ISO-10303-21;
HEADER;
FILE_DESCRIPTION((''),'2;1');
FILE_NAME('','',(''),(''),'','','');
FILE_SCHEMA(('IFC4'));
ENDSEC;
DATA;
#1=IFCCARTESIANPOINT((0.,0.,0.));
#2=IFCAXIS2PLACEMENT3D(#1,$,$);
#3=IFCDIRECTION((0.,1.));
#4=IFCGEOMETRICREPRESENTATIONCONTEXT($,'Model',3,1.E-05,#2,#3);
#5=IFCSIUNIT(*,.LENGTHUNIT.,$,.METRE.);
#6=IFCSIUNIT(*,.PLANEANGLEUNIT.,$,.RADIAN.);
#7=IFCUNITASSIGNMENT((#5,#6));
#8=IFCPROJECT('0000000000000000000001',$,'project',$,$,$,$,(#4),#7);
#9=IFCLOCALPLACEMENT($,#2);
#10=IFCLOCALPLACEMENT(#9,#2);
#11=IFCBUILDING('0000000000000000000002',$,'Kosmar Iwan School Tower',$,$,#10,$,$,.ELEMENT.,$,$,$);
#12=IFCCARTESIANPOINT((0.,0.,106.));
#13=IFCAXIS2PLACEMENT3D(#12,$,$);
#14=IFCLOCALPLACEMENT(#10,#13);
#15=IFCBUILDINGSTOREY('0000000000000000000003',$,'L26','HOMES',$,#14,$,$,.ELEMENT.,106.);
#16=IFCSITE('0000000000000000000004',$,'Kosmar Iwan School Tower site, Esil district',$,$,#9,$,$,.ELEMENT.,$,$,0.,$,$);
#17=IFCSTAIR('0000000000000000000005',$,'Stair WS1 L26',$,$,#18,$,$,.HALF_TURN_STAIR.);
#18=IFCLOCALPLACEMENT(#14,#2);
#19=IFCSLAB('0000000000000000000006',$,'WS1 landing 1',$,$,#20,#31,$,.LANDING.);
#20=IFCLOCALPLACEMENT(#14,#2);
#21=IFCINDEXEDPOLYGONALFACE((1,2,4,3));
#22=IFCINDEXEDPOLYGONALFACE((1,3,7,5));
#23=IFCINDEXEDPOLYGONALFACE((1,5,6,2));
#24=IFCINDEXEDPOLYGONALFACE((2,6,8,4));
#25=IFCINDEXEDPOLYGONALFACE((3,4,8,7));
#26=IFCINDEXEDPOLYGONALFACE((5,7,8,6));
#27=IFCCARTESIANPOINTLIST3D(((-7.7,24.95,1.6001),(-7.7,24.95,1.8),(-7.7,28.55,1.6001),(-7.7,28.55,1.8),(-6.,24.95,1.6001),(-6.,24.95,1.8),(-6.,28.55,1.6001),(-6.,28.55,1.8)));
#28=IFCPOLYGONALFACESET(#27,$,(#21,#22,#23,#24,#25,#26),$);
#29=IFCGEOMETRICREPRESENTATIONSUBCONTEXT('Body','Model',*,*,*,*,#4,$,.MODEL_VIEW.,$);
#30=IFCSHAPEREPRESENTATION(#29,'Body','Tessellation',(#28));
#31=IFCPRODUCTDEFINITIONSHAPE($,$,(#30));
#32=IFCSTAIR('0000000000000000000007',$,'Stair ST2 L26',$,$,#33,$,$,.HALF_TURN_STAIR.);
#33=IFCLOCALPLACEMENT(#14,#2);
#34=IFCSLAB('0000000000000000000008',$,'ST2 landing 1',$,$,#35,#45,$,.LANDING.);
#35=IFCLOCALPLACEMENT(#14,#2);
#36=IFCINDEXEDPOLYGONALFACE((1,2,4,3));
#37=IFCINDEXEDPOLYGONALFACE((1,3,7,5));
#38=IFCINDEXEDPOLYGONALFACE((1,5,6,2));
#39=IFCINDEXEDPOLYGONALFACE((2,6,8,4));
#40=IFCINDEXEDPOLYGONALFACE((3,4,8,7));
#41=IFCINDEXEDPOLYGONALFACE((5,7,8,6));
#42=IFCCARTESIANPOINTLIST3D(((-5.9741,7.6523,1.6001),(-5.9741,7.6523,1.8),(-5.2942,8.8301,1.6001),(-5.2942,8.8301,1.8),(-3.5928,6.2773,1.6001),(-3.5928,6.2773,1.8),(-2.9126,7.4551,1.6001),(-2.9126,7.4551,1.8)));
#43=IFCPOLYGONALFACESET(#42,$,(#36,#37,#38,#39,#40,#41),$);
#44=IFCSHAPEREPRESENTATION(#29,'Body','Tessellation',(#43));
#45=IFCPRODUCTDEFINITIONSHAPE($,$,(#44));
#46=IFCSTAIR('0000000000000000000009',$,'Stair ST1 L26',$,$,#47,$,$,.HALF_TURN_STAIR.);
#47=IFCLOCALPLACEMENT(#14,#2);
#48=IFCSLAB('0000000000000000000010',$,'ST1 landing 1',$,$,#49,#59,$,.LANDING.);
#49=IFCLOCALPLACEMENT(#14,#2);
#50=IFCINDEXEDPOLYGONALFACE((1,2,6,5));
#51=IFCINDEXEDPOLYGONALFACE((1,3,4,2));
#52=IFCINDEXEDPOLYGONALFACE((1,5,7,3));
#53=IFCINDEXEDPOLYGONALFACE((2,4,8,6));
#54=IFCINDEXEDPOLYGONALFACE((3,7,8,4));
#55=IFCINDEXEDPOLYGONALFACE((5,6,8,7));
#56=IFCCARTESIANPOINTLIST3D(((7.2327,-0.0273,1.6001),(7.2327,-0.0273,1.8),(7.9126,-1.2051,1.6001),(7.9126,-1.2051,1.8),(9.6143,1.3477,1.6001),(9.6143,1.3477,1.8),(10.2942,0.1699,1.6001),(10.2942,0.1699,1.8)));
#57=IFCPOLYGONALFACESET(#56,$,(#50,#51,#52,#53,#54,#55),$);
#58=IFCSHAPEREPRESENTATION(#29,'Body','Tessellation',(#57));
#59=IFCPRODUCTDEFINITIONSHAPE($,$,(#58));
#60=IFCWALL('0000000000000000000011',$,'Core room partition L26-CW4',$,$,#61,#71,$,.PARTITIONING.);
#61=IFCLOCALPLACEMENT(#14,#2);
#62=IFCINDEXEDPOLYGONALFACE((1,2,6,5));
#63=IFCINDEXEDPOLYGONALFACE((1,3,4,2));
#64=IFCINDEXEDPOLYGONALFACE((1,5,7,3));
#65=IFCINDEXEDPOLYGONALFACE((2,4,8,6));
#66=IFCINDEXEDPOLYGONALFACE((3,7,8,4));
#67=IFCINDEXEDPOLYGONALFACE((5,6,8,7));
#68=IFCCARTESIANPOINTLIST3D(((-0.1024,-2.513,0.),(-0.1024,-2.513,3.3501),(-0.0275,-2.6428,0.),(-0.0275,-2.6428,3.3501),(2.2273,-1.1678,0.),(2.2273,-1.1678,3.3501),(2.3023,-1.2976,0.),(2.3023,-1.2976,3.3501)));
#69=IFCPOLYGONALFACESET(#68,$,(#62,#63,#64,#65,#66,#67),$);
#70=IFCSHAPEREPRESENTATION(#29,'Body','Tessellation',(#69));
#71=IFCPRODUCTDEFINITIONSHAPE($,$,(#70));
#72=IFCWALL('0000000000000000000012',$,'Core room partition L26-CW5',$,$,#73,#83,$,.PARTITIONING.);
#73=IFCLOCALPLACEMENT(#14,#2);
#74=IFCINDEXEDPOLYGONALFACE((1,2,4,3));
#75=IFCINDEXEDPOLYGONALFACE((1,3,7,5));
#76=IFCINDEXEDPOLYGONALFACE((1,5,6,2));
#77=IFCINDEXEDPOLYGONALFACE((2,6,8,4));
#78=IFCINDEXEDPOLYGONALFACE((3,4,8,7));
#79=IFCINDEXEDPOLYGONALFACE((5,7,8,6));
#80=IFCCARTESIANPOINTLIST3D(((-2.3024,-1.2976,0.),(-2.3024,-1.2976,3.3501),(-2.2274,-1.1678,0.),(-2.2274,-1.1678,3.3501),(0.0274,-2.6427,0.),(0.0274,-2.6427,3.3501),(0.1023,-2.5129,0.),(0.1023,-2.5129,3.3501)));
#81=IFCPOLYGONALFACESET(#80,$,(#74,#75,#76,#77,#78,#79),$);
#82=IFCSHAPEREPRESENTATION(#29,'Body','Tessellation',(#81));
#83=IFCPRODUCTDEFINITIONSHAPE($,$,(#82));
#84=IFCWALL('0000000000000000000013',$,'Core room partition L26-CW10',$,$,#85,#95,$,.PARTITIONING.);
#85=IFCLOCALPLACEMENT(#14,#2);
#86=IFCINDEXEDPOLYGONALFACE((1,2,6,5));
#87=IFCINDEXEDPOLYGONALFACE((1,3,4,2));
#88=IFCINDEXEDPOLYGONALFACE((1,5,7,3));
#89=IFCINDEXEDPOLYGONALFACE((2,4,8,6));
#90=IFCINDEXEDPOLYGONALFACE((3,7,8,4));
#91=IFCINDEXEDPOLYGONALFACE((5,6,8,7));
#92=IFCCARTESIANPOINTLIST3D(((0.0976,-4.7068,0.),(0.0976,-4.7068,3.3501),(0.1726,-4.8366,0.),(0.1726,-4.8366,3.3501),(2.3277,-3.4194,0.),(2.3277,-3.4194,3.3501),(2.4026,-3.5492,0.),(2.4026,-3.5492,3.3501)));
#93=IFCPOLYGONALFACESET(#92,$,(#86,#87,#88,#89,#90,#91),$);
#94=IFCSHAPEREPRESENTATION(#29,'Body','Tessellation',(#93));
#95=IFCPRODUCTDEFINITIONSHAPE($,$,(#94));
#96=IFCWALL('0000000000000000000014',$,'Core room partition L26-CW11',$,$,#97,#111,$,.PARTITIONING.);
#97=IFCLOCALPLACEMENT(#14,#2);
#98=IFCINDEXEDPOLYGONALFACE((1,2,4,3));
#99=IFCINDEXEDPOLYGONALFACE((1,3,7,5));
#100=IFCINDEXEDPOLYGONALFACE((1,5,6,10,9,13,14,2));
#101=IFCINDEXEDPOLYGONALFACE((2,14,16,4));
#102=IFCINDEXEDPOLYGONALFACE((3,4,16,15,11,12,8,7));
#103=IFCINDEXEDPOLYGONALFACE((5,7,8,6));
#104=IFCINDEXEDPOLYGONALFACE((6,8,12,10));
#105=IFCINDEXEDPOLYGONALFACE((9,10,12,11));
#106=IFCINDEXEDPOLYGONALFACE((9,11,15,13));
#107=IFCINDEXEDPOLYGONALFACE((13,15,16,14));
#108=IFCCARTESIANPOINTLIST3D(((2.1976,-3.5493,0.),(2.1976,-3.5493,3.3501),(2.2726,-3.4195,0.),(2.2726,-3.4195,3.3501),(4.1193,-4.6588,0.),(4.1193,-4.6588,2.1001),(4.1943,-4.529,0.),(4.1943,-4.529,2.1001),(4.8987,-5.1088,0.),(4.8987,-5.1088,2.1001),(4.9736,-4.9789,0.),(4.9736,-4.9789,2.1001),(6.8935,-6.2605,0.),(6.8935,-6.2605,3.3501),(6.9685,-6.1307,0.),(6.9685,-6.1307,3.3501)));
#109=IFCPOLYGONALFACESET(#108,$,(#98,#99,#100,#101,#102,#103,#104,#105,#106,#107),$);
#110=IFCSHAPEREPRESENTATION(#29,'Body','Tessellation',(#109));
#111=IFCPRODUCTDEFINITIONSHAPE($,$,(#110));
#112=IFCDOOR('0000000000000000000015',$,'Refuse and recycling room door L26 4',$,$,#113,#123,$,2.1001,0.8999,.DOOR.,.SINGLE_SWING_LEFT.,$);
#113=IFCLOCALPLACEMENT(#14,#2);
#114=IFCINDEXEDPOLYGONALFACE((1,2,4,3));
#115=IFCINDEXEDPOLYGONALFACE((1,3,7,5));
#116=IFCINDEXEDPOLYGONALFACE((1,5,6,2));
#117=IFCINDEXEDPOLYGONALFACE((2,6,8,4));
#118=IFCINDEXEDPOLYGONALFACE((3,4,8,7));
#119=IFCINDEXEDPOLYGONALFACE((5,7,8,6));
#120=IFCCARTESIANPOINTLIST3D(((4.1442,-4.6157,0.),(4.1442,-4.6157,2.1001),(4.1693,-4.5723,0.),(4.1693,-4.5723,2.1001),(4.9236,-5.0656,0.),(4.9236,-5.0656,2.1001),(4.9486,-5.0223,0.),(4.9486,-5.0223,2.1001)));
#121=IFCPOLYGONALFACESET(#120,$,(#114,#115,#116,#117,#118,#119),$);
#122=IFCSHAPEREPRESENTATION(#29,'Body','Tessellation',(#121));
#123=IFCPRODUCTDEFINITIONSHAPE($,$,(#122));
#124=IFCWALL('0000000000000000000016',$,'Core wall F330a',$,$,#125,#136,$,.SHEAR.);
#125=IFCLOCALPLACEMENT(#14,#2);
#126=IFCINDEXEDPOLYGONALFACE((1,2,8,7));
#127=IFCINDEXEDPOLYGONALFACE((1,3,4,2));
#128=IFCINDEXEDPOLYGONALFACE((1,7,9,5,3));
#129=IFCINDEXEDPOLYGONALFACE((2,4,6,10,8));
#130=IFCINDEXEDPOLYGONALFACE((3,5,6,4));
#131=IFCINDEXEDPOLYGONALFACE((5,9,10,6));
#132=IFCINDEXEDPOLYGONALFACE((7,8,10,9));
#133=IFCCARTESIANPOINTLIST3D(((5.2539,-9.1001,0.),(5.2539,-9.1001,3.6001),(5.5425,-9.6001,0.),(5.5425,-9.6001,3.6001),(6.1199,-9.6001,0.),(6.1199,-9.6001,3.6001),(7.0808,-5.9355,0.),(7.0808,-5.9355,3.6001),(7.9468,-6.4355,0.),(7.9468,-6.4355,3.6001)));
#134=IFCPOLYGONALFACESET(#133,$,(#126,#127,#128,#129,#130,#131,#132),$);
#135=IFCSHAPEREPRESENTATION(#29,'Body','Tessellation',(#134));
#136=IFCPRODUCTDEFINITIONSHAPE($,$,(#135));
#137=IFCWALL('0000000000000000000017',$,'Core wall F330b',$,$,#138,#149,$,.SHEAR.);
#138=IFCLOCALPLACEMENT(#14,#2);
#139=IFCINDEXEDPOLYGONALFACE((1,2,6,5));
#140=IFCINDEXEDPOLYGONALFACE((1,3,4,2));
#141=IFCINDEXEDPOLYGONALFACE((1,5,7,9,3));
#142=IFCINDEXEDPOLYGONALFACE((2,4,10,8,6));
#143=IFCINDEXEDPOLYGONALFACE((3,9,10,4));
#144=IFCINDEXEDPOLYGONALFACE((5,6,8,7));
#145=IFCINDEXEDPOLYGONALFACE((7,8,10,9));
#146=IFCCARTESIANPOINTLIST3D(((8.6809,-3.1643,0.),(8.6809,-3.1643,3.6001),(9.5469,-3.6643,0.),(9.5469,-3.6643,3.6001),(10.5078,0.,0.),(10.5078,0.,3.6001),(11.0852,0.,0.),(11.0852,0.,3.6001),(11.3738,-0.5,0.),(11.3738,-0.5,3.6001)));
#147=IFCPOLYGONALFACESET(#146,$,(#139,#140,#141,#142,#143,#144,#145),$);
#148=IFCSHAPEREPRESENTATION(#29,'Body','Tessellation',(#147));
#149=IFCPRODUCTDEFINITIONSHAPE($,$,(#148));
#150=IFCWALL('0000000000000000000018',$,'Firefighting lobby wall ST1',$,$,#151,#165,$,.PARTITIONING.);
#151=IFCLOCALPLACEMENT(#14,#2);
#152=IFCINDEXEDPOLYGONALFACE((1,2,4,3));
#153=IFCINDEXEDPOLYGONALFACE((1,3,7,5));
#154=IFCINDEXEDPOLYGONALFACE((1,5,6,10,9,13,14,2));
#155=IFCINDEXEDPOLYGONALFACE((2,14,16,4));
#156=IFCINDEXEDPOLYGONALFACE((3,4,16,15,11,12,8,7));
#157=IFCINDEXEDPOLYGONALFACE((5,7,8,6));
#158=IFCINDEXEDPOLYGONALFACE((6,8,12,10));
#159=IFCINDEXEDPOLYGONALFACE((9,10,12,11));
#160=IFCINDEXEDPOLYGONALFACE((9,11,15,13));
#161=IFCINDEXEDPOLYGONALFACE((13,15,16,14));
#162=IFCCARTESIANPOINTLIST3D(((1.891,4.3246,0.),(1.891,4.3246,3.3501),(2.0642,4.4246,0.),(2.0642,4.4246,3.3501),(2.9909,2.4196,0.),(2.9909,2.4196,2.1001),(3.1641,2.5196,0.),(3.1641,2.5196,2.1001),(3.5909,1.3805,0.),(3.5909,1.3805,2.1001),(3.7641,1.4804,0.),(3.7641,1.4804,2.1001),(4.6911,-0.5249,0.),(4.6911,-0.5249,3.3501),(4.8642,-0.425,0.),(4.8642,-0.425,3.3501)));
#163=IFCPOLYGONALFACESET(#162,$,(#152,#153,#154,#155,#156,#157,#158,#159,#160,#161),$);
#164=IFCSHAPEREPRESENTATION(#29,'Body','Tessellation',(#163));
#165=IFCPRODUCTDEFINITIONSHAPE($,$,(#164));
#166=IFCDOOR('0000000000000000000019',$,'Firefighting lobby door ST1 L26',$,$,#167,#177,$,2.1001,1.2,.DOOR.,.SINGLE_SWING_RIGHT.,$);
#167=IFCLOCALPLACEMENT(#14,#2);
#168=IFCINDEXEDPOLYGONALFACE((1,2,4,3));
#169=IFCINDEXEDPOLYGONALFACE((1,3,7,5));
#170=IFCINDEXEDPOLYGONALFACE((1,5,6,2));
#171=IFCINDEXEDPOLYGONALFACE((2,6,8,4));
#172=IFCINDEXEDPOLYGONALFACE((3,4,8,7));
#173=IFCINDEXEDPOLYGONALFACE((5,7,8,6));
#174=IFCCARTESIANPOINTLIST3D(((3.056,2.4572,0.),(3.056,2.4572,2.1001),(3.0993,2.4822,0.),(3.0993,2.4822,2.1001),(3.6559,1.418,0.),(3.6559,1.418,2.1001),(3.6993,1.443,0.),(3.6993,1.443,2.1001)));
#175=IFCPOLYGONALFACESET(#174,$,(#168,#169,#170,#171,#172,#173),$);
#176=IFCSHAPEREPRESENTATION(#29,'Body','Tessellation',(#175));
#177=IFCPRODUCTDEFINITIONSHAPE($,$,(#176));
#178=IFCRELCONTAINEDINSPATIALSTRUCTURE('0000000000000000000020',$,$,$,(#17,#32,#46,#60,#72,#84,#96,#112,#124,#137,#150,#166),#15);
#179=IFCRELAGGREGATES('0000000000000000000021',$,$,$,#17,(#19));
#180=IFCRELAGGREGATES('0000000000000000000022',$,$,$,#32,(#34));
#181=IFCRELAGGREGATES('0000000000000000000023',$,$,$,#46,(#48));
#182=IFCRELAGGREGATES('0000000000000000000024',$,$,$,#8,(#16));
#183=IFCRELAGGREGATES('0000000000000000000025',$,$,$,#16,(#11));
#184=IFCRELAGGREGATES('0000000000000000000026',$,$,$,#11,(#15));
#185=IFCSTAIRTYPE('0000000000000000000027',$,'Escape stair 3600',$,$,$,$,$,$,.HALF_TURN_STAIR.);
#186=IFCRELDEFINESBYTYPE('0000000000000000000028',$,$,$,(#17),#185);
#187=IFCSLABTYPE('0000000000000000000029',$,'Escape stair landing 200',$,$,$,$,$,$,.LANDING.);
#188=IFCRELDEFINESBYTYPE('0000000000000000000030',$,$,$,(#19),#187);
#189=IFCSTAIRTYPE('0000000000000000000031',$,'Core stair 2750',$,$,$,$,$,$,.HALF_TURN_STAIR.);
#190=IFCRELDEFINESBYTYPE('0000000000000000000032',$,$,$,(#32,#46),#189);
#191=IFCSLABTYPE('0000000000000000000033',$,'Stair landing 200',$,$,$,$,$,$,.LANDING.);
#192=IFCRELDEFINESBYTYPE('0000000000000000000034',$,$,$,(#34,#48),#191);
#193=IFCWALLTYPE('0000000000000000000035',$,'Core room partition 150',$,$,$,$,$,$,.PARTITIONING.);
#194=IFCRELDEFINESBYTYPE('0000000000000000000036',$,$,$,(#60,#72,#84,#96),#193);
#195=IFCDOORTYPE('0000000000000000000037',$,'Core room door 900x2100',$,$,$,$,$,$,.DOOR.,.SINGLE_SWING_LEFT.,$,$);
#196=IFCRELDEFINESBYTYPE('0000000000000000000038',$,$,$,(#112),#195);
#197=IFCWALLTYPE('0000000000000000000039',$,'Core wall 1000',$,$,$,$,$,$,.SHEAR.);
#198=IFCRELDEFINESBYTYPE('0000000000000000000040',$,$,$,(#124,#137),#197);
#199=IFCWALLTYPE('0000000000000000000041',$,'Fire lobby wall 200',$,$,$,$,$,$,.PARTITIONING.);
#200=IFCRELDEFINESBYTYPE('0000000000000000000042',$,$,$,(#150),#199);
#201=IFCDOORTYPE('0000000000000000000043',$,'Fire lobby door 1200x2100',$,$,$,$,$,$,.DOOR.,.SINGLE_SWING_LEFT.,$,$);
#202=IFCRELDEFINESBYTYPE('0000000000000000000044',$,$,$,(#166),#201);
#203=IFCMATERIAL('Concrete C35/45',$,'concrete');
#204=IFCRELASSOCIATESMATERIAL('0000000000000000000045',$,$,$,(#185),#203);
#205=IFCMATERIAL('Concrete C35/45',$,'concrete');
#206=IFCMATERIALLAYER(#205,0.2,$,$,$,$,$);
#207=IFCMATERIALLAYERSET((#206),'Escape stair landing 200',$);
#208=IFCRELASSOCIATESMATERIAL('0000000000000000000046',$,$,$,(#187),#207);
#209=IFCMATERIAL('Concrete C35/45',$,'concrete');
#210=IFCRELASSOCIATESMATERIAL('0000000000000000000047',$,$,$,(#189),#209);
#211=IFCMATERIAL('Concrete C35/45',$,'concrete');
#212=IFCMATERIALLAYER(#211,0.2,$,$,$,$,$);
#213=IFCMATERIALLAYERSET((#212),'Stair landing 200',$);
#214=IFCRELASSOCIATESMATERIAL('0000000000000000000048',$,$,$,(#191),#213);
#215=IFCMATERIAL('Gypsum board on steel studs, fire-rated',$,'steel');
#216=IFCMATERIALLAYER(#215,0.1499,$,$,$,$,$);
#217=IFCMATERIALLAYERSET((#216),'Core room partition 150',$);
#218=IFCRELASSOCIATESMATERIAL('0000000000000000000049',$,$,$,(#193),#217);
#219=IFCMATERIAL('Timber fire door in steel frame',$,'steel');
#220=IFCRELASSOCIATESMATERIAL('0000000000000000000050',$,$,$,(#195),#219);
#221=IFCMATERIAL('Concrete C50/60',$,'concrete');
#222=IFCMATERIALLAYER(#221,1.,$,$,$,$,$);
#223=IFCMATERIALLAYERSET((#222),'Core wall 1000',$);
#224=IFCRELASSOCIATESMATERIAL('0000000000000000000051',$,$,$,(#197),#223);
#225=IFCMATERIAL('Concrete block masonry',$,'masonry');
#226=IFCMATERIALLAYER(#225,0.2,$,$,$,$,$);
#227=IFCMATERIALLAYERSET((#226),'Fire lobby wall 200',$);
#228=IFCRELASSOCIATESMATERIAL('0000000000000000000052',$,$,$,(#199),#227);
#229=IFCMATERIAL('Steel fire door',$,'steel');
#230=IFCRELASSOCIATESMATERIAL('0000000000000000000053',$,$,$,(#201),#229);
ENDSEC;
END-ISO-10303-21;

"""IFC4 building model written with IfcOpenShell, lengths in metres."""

from ifc_helpers import new_model, si_unit, direction, frame, frame_2d, origin, place, context, subcontext, project, spatial, polyline, rectangle, outline, extrude, material, layer, layer_set, type_object, element, fill, aggregate, save


model = new_model("IFC4")

# Units and contexts
model_context = context("Model", 3, precision=1e-05, world=origin(), true_north=direction((0.0, 1.0)))
body_context = subcontext(model_context, "Body", "Model", "MODEL_VIEW")
ifc_project = project(units=[si_unit("LENGTHUNIT", "METRE"), si_unit("PLANEANGLEUNIT", "RADIAN")], contexts=[model_context])

# Site, building, storey
site_placement = place(None, origin())
site = spatial("IfcSite", under=ifc_project, at=site_placement, Name="Kosmar Iwan School Tower site, Esil district", CompositionType="ELEMENT", RefElevation=0.0)
building_placement = place(site_placement, origin())
building = spatial("IfcBuilding", under=site, at=building_placement, Name="Kosmar Iwan School Tower", CompositionType="ELEMENT")
storey_placement = place(building_placement, frame((0.0, 0.0, 106.0)))
storey = spatial("IfcBuildingStorey", under=building, at=storey_placement, Name="L26", Description="HOMES", CompositionType="ELEMENT", Elevation=106.0)

# Stairs, slabs
ifc_material_1 = material(Name="Concrete C35/45", Category="concrete")
stair_type_1 = type_object("IfcStairType", Name="Escape stair 3600", PredefinedType="HALF_TURN_STAIR", material=ifc_material_1)
stair_1_placement = place(storey_placement, origin())
stair_1 = element("IfcStair", 1, at=stair_1_placement, inside=storey, type_object=stair_type_1, Name="Stair WS1 L26", PredefinedType="HALF_TURN_STAIR")
ifc_material_2 = material(Name="Concrete C35/45", Category="concrete")
ifc_layer_1 = layer(ifc_material_2, 0.2)
ifc_layer_set_1 = layer_set([ifc_layer_1], Name="Escape stair landing 200")
slab_type_1 = type_object("IfcSlabType", Name="Escape stair landing 200", PredefinedType="LANDING", material=ifc_layer_set_1)
slab_1_placement = place(storey_placement, frame((0.0, 0.0, 1.6001)))
slab_1 = element("IfcSlab", 2, at=slab_1_placement, type_object=slab_type_1, Name="WS1 landing 1", PredefinedType="LANDING", context=body_context, shape_type="SweptSolid", body=[
    extrude(outline(polyline([(-6.0, 24.95), (-6.0, 28.55), (-7.7, 28.55), (-7.7, 24.95), (-6.0, 24.95)])), origin(), (0.0, 0.0, 1.0), 0.2),
])
aggregate(stair_1, [slab_1])
ifc_material_3 = material(Name="Concrete C35/45", Category="concrete")
stair_type_2 = type_object("IfcStairType", Name="Core stair 2750", PredefinedType="HALF_TURN_STAIR", material=ifc_material_3)
stair_2_placement = place(storey_placement, origin())
stair_2 = element("IfcStair", 3, at=stair_2_placement, inside=storey, type_object=stair_type_2, Name="Stair ST2 L26", PredefinedType="HALF_TURN_STAIR")
ifc_material_4 = material(Name="Concrete C35/45", Category="concrete")
ifc_layer_2 = layer(ifc_material_4, 0.2)
ifc_layer_set_2 = layer_set([ifc_layer_2], Name="Stair landing 200")
slab_type_2 = type_object("IfcSlabType", Name="Stair landing 200", PredefinedType="LANDING", material=ifc_layer_set_2)
slab_2_placement = place(storey_placement, frame((0.0, 0.0, 1.6001)))
slab_2 = element("IfcSlab", 4, at=slab_2_placement, type_object=slab_type_2, Name="ST2 landing 1", PredefinedType="LANDING", context=body_context, shape_type="SweptSolid", body=[
    extrude(outline(polyline([(-2.9126, 7.4551), (-5.2942, 8.8301), (-5.9741, 7.6523), (-3.5928, 6.2773), (-2.9126, 7.4551)])), origin(), (0.0, 0.0, 1.0), 0.2),
])
aggregate(stair_2, [slab_2])
stair_3_placement = place(storey_placement, origin())
stair_3 = element("IfcStair", 5, at=stair_3_placement, inside=storey, type_object=stair_type_2, Name="Stair ST1 L26", PredefinedType="HALF_TURN_STAIR")
slab_3_placement = place(storey_placement, frame((0.0, 0.0, 1.6001)))
slab_3 = element("IfcSlab", 6, at=slab_3_placement, type_object=slab_type_2, Name="ST1 landing 1", PredefinedType="LANDING", context=body_context, shape_type="SweptSolid", body=[
    extrude(outline(polyline([(7.9126, -1.2051), (10.2942, 0.1699), (9.6143, 1.3477), (7.2327, -0.0273), (7.9126, -1.2051)])), origin(), (0.0, 0.0, 1.0), 0.2),
])
aggregate(stair_3, [slab_3])

# Walls
ifc_material_5 = material(Name="Gypsum board on steel studs, fire-rated", Category="steel")
ifc_layer_3 = layer(ifc_material_5, 0.1499)
ifc_layer_set_3 = layer_set([ifc_layer_3], Name="Core room partition 150")
wall_type_1 = type_object("IfcWallType", Name="Core room partition 150", PredefinedType="PARTITIONING", material=ifc_layer_set_3)
for number, where, z_axis, x_axis, name in (
    (7, (2.2649, -1.2327, 0.0), (0.0, 0.0, 1.0), (-0.866012, -0.500024, 0.0), "Core room partition L26-CW4"),
    (8, (0.0649, -2.5779, 0.0), (0.0, 0.0, 1.0), (-0.866012, 0.500024, 0.0), "Core room partition L26-CW5"),
):
    element("IfcWall", number, at=place(storey_placement, frame(where, z_axis=z_axis, x_axis=x_axis)), inside=storey, type_object=wall_type_1, Name=name, PredefinedType="PARTITIONING", context=body_context, shape_type="SweptSolid", body=[
        extrude(rectangle(XDim=2.6902, YDim=0.1499, at=frame_2d((1.3452, 0.0))), origin(), (0.0, 0.0, 1.0), 3.3501),
    ])
wall_1_placement = place(storey_placement, frame((0.135, -4.7717, 0.0), z_axis=(0.0, 0.0, 1.0), x_axis=(0.866047, 0.499963, 0.0)))
element("IfcWall", 9, at=wall_1_placement, inside=storey, type_object=wall_type_1, Name="Core room partition L26-CW10", PredefinedType="PARTITIONING", context=body_context, shape_type="SweptSolid", body=[
    extrude(rectangle(XDim=2.575, YDim=0.1499, at=frame_2d((1.2876, 0.0))), origin(), (0.0, 0.0, 1.0), 3.3501),
])

# Wall, opening, door
wall_2_placement = place(storey_placement, frame((2.2351, -3.4844, 0.0), z_axis=(0.0, 0.0, 1.0), x_axis=(0.866021, -0.500008, 0.0)))
wall_2 = element("IfcWall", 10, at=wall_2_placement, inside=storey, type_object=wall_type_1, Name="Core room partition L26-CW11", PredefinedType="PARTITIONING", context=body_context, shape_type="SweptSolid", body=[
    extrude(rectangle(XDim=5.4224, YDim=0.1499, at=frame_2d((2.7112, 0.0))), origin(), (0.0, 0.0, 1.0), 3.3501),
])
opening_1_placement = place(wall_2_placement, frame((2.219, 0.0, 0.0)))
opening_1 = element("IfcOpeningElement", 11, at=opening_1_placement, cuts=wall_2, PredefinedType="OPENING", context=body_context, shape_type="SweptSolid", body=[
    extrude(rectangle(XDim=0.8999, YDim=2.1001, at=frame_2d((0.45, 1.05))), frame((0.0, 0.0869, 0.0), z_axis=(0.0, -1.0, 0.0), x_axis=(1.0, 0.0, 0.0)), (0.0, 0.0, 1.0), 0.1738),
])
ifc_material_6 = material(Name="Timber fire door in steel frame", Category="steel")
door_type_1 = type_object("IfcDoorType", Name="Core room door 900x2100", OperationType="SINGLE_SWING_LEFT", PredefinedType="DOOR", material=ifc_material_6)
door_1_placement = place(opening_1_placement, origin())
door_1 = element("IfcDoor", 12, at=door_1_placement, inside=storey, type_object=door_type_1, Name="Refuse and recycling room door L26 4", OperationType="SINGLE_SWING_LEFT", OverallHeight=2.1001, OverallWidth=0.8999, PredefinedType="DOOR", context=body_context, shape_type="SweptSolid", body=[
    extrude(rectangle(XDim=0.8999, YDim=2.1001, at=frame_2d((0.45, 1.05))), frame((0.0, 0.0249, 0.0), z_axis=(0.0, -1.0, 0.0), x_axis=(1.0, 0.0, 0.0)), (0.0, 0.0, 1.0), 0.05),
])
fill(opening_1, door_1)

# Walls
ifc_material_7 = material(Name="Concrete C50/60", Category="concrete")
ifc_layer_4 = layer(ifc_material_7, 1.0)
ifc_layer_set_4 = layer_set([ifc_layer_4], Name="Core wall 1000")
wall_type_2 = type_object("IfcWallType", Name="Core wall 1000", PredefinedType="SHEAR", material=ifc_layer_set_4)
wall_3_placement = place(storey_placement, origin())
element("IfcWall", 13, at=wall_3_placement, inside=storey, type_object=wall_type_2, Name="Core wall F330a", PredefinedType="SHEAR", context=body_context, shape_type="SweptSolid", body=[
    extrude(outline(polyline([(5.5425, -9.6001), (6.1199, -9.6001), (7.9468, -6.4355), (7.0808, -5.9355), (5.2539, -9.1001), (5.5425, -9.6001)])), origin(), (0.0, 0.0, 1.0), 3.6001),
])
wall_4_placement = place(storey_placement, origin())
element("IfcWall", 14, at=wall_4_placement, inside=storey, type_object=wall_type_2, Name="Core wall F330b", PredefinedType="SHEAR", context=body_context, shape_type="SweptSolid", body=[
    extrude(outline(polyline([(9.5469, -3.6643), (11.3738, -0.5), (11.0852, 0.0), (10.5078, 0.0), (8.6809, -3.1643), (9.5469, -3.6643)])), origin(), (0.0, 0.0, 1.0), 3.6001),
])

# Wall, opening, door
ifc_material_8 = material(Name="Concrete block masonry", Category="masonry")
ifc_layer_5 = layer(ifc_material_8, 0.2)
ifc_layer_set_5 = layer_set([ifc_layer_5], Name="Fire lobby wall 200")
wall_type_3 = type_object("IfcWallType", Name="Fire lobby wall 200", PredefinedType="PARTITIONING", material=ifc_layer_set_5)
wall_5_placement = place(storey_placement, frame((4.7776, -0.4749, 0.0), z_axis=(0.0, 0.0, 1.0), x_axis=(-0.500017, 0.866016, 0.0)))
wall_5 = element("IfcWall", 15, at=wall_5_placement, inside=storey, type_object=wall_type_3, Name="Firefighting lobby wall ST1", PredefinedType="PARTITIONING", context=body_context, shape_type="SweptSolid", body=[
    extrude(rectangle(XDim=5.5999, YDim=0.2, at=frame_2d((2.7998, 0.0))), origin(), (0.0, 0.0, 1.0), 3.3501),
])
opening_2_placement = place(wall_5_placement, frame((2.2, 0.0, 0.0)))
opening_2 = element("IfcOpeningElement", 16, at=opening_2_placement, cuts=wall_5, PredefinedType="OPENING", context=body_context, shape_type="SweptSolid", body=[
    extrude(rectangle(XDim=1.2, YDim=2.1001, at=frame_2d((0.6001, 1.05))), frame((0.0, 0.1121, 0.0), z_axis=(0.0, -1.0, 0.0), x_axis=(1.0, 0.0, 0.0)), (0.0, 0.0, 1.0), 0.2239),
])
ifc_material_9 = material(Name="Steel fire door", Category="steel")
door_type_2 = type_object("IfcDoorType", Name="Fire lobby door 1200x2100", OperationType="SINGLE_SWING_LEFT", PredefinedType="DOOR", material=ifc_material_9)
door_2_placement = place(opening_2_placement, origin())
door_2 = element("IfcDoor", 17, at=door_2_placement, inside=storey, type_object=door_type_2, Name="Firefighting lobby door ST1 L26", OperationType="SINGLE_SWING_RIGHT", OverallHeight=2.1001, OverallWidth=1.2, PredefinedType="DOOR", context=body_context, shape_type="SweptSolid", body=[
    extrude(rectangle(XDim=1.2, YDim=2.1001, at=frame_2d((0.6001, 1.05))), frame((0.0, 0.0249, 0.0), z_axis=(0.0, -1.0, 0.0), x_axis=(1.0, 0.0, 0.0)), (0.0, 0.0, 1.0), 0.05),
])
fill(opening_2, door_2)

save(model, "model.ifc")
